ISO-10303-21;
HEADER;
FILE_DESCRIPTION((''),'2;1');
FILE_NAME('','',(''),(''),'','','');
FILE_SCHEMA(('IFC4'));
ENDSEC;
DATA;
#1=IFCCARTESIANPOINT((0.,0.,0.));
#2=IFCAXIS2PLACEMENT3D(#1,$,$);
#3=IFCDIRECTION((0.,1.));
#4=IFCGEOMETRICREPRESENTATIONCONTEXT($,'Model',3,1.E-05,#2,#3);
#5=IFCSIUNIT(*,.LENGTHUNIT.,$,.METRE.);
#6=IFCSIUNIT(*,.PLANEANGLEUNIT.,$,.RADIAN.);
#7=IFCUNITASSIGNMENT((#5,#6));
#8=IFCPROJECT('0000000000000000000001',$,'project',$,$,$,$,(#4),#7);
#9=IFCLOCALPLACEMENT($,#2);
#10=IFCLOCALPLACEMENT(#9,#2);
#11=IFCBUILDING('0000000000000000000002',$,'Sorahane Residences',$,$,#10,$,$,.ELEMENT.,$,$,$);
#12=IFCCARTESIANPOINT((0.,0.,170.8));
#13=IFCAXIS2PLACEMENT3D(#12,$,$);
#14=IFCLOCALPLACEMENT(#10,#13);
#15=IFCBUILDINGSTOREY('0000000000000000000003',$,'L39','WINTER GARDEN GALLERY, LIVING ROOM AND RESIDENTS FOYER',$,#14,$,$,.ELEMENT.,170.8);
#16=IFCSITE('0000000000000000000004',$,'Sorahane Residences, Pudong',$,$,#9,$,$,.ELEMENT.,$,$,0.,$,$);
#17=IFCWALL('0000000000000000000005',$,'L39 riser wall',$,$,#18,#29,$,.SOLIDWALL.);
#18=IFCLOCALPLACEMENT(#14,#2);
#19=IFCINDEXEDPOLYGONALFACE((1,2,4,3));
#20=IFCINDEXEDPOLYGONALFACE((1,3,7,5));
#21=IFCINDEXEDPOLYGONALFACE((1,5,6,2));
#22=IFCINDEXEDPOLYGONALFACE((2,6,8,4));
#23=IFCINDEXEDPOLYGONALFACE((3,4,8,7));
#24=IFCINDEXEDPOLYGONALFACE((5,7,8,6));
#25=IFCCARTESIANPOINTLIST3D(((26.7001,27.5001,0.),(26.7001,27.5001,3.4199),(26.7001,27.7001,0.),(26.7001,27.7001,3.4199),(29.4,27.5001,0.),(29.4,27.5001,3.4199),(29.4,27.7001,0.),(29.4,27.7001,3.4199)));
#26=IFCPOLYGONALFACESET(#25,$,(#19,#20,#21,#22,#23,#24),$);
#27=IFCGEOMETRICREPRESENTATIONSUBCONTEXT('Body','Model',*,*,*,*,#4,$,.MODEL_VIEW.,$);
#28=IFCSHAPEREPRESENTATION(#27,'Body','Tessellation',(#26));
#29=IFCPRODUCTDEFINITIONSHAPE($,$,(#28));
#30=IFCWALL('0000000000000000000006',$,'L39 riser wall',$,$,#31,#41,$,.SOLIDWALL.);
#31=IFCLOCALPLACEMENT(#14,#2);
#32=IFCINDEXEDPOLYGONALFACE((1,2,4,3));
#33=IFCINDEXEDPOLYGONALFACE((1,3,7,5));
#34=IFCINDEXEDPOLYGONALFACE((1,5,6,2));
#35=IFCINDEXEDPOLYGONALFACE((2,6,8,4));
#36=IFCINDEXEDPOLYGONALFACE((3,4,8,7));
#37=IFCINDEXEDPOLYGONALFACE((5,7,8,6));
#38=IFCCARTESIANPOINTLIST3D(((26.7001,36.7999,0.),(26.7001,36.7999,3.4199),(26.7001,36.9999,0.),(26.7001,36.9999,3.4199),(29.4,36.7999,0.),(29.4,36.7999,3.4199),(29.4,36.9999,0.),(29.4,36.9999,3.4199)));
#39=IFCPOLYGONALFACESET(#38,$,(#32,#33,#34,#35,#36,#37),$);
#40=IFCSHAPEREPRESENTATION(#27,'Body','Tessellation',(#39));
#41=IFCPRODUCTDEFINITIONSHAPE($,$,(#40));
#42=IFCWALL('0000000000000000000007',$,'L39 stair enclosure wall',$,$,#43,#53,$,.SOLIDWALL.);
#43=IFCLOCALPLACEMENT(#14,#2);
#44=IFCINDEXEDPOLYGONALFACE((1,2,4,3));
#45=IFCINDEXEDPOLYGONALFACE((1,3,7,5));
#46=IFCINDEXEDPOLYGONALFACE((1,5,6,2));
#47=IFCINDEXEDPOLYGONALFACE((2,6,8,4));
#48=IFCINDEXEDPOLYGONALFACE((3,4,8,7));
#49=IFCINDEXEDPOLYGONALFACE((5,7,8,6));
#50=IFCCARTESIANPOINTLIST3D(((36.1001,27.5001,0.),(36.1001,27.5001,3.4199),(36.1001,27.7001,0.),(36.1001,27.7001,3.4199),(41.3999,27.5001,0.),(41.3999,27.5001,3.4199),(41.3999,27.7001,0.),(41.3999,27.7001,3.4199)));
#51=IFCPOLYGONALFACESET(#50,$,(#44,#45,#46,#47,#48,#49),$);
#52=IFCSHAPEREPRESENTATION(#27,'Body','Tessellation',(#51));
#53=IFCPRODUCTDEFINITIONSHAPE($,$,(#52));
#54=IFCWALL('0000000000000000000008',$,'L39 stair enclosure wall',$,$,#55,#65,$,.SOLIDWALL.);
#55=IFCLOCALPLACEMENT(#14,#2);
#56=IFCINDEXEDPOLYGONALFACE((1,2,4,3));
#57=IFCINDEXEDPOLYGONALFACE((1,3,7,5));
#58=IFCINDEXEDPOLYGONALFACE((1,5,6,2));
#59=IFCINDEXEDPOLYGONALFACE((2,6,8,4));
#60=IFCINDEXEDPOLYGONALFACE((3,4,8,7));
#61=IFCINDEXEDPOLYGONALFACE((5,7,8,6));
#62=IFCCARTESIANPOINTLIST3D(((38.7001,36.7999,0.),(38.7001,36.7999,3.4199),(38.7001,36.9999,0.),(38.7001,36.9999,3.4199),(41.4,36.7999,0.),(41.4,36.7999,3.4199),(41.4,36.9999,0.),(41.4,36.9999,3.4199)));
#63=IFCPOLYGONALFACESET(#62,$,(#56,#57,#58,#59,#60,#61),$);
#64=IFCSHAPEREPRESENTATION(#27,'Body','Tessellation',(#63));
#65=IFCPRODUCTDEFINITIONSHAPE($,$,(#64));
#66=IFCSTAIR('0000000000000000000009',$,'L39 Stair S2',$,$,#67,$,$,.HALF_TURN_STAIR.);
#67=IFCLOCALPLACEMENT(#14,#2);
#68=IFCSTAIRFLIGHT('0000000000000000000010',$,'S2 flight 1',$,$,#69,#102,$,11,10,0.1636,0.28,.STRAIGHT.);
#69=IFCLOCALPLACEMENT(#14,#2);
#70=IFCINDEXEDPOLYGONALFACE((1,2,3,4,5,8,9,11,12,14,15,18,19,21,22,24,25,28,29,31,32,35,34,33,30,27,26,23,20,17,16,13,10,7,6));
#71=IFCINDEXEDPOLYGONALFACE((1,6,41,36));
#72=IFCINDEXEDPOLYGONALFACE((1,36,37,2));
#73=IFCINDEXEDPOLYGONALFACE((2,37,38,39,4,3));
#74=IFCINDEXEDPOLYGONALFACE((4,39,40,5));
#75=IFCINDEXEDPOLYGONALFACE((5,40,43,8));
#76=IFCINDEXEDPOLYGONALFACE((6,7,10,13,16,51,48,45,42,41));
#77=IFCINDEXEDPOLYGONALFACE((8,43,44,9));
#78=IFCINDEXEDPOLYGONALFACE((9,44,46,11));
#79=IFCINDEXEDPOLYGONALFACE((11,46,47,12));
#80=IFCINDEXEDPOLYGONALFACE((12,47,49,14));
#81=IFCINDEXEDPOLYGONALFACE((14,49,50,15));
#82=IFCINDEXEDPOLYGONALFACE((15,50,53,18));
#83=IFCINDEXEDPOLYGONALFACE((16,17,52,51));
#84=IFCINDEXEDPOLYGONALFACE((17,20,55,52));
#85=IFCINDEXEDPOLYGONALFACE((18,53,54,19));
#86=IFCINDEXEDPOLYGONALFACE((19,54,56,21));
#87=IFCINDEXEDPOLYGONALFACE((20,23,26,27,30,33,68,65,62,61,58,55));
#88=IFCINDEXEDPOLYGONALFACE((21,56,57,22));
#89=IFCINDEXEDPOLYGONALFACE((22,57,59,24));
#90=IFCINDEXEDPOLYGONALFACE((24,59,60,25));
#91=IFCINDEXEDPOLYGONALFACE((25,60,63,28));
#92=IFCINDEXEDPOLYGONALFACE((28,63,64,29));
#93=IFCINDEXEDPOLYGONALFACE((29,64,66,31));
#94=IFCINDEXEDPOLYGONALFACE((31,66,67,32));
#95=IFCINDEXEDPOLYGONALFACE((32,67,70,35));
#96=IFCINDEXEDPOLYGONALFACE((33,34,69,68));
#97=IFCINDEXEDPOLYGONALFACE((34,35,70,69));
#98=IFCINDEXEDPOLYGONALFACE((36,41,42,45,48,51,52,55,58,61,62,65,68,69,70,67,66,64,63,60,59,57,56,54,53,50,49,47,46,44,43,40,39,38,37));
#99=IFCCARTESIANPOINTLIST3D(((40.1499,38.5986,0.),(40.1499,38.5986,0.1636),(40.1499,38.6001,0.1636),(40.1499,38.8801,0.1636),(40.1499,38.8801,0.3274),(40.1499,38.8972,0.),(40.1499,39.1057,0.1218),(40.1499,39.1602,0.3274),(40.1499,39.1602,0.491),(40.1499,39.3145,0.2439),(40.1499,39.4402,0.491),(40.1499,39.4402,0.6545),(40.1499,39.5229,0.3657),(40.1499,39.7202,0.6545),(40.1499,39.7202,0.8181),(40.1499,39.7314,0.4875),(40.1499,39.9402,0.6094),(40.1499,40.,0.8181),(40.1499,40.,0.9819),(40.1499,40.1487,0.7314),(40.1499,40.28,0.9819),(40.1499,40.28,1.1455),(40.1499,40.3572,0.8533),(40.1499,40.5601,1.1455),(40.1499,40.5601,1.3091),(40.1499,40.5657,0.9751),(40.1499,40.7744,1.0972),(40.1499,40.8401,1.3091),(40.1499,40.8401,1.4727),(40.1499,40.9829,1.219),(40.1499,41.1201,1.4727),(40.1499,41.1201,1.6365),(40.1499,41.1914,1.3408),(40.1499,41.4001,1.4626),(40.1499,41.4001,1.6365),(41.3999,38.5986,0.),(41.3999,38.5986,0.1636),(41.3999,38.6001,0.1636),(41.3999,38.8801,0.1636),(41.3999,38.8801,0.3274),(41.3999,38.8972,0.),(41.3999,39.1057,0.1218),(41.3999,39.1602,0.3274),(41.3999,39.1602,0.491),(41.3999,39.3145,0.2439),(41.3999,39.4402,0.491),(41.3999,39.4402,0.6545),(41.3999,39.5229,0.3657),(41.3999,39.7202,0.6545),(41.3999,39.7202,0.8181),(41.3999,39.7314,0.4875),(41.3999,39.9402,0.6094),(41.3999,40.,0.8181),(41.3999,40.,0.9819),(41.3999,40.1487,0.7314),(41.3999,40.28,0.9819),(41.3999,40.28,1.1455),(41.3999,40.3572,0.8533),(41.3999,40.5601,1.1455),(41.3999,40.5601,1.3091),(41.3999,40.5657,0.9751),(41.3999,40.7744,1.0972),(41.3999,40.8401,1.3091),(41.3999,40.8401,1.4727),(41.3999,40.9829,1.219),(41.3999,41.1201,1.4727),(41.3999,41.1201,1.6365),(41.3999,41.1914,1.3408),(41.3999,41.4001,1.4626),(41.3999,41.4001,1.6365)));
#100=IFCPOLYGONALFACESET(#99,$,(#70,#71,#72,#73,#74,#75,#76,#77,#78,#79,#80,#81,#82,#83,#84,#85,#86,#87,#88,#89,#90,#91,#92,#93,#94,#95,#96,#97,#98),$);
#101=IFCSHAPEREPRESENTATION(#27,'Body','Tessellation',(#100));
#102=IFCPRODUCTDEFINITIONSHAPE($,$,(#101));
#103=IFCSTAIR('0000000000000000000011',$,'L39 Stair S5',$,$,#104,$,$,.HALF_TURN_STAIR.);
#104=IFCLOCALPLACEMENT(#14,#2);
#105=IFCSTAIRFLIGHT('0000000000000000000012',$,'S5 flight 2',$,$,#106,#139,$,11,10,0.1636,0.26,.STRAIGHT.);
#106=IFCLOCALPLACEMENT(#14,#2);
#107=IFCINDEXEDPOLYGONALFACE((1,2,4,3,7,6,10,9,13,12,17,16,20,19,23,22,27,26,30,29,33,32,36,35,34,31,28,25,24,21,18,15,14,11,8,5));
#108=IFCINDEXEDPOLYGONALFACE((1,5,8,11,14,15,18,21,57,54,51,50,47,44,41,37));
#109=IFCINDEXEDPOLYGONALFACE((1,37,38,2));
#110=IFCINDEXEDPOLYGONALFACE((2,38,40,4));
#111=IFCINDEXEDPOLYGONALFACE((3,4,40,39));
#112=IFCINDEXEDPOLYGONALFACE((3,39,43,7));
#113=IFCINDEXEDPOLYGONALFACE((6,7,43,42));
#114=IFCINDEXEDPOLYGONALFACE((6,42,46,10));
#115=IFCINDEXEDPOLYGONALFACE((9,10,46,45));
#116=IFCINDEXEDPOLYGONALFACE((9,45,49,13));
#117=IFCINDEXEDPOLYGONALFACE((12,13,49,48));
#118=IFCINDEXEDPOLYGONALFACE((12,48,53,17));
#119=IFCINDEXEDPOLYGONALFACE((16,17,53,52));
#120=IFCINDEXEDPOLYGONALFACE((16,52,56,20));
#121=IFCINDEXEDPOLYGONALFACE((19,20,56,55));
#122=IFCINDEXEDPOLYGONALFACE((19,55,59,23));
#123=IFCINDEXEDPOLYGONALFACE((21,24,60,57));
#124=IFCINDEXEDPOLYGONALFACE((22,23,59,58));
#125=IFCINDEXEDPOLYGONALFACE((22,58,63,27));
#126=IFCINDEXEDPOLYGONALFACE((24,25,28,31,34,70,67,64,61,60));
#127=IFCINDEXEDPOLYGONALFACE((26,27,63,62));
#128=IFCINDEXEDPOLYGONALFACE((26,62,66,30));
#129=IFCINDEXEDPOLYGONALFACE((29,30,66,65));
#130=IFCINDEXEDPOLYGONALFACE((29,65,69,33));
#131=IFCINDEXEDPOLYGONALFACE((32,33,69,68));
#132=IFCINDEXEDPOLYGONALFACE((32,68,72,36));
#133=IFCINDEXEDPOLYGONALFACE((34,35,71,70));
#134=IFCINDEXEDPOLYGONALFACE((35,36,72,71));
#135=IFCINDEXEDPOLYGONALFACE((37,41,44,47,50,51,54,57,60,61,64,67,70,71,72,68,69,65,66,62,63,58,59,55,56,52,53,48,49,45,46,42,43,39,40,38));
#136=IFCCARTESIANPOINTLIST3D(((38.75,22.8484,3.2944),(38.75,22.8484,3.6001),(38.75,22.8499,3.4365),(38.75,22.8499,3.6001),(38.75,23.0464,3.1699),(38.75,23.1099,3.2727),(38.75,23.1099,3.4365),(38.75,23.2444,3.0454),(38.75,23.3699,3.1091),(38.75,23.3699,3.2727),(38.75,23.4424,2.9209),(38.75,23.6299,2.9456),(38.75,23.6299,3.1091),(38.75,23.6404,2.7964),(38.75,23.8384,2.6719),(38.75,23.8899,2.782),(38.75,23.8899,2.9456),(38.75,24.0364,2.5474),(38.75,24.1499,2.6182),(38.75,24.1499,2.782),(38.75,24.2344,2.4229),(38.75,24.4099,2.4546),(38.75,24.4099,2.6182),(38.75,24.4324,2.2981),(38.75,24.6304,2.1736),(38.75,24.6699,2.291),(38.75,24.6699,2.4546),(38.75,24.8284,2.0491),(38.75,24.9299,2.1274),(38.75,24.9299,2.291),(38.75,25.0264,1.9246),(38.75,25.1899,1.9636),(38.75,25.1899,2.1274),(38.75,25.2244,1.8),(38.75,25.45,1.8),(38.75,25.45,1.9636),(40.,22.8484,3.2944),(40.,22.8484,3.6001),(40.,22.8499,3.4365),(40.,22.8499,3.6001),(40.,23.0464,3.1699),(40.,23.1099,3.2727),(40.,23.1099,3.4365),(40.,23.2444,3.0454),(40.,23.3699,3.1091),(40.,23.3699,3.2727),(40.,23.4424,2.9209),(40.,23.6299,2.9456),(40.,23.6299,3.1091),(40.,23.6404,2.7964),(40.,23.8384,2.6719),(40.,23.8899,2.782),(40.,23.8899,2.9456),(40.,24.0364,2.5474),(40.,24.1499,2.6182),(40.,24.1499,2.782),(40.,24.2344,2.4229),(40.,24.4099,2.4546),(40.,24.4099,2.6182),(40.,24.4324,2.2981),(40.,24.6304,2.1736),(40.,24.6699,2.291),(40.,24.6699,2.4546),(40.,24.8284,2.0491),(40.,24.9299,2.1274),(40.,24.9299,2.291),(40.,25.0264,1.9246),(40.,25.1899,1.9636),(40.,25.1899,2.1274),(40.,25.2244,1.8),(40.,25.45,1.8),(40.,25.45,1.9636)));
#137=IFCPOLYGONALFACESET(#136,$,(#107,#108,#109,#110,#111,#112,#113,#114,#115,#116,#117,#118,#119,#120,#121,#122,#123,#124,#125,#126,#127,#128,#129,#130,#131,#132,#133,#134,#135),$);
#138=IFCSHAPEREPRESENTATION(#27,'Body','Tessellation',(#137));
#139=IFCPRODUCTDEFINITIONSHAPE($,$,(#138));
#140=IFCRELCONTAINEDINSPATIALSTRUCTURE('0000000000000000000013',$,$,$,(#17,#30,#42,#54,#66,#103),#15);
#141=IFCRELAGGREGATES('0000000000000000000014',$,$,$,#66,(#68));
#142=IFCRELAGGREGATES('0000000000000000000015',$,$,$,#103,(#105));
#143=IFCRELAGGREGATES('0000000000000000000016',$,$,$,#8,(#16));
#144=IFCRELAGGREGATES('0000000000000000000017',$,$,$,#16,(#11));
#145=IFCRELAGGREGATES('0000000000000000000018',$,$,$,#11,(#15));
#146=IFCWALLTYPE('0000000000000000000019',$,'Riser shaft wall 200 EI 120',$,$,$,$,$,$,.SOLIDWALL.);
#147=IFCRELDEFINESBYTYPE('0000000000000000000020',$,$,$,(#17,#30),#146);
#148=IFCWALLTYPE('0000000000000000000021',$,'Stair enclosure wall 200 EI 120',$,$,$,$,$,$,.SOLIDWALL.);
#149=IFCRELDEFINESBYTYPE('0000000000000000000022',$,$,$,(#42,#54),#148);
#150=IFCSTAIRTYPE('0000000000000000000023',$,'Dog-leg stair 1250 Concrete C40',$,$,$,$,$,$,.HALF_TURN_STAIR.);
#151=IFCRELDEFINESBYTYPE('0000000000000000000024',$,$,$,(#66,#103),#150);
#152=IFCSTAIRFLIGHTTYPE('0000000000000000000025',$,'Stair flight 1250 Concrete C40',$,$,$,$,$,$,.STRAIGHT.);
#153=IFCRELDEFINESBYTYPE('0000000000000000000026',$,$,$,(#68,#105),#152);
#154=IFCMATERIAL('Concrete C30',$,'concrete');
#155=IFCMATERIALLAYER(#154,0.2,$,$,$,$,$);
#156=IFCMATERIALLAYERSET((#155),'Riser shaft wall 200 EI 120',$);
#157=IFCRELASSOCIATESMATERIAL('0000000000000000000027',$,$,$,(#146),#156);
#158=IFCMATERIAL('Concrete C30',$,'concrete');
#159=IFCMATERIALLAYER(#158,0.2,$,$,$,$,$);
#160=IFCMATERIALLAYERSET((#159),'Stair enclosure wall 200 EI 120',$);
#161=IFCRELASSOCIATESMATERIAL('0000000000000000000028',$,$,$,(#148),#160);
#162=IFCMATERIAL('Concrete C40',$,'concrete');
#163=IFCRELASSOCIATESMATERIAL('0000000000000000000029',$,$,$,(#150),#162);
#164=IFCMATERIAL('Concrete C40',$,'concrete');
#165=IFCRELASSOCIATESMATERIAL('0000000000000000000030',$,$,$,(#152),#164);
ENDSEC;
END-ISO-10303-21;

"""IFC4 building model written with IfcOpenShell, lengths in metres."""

from ifc_helpers import new_model, si_unit, direction, frame, frame_2d, origin, place, context, subcontext, project, spatial, polyline, rectangle, outline, extrude, material, layer, layer_set, type_object, element, aggregate, save


model = new_model("IFC4")

# Units and contexts
model_context = context("Model", 3, precision=1e-05, world=origin(), true_north=direction((0.0, 1.0)))
body_context = subcontext(model_context, "Body", "Model", "MODEL_VIEW")
ifc_project = project(units=[si_unit("LENGTHUNIT", "METRE"), si_unit("PLANEANGLEUNIT", "RADIAN")], contexts=[model_context])

# Site, building, storey
site_placement = place(None, origin())
site = spatial("IfcSite", under=ifc_project, at=site_placement, Name="Sorahane Residences, Pudong", CompositionType="ELEMENT", RefElevation=0.0)
building_placement = place(site_placement, origin())
building = spatial("IfcBuilding", under=site, at=building_placement, Name="Sorahane Residences", CompositionType="ELEMENT")
storey_placement = place(building_placement, frame((0.0, 0.0, 170.8)))
storey = spatial("IfcBuildingStorey", under=building, at=storey_placement, Name="L39", Description="WINTER GARDEN GALLERY, LIVING ROOM AND RESIDENTS FOYER", CompositionType="ELEMENT", Elevation=170.8)

# Shared definitions
ifc_material_1 = material(Name="Concrete C30", Category="concrete")
ifc_layer_1 = layer(ifc_material_1, 0.2)
ifc_layer_set_1 = layer_set([ifc_layer_1], Name="Riser shaft wall 200 EI 120")
wall_type_1 = type_object("IfcWallType", Name="Riser shaft wall 200 EI 120", PredefinedType="SOLIDWALL", material=ifc_layer_set_1)

# Walls
for number, where, z_axis, x_axis, name in (
    (1, (26.7, 27.6001, 0.0), (0.0, 0.0, 1.0), (1.0, 0.0, 0.0), "L39 riser wall"),
    (2, (26.7, 36.8999, 0.0), (0.0, 0.0, 1.0), (1.0, 0.0, 0.0), "L39 riser wall"),
):
    element("IfcWall", number, at=place(storey_placement, frame(where, z_axis=z_axis, x_axis=x_axis)), inside=storey, type_object=wall_type_1, Name=name, PredefinedType="SOLIDWALL", context=body_context, shape_type="SweptSolid", body=[
        extrude(rectangle(XDim=2.7, YDim=0.2, at=frame_2d((1.3501, 0.0))), origin(), (0.0, 0.0, 1.0), 3.4199),
    ])
ifc_material_2 = material(Name="Concrete C30", Category="concrete")
ifc_layer_2 = layer(ifc_material_2, 0.2)
ifc_layer_set_2 = layer_set([ifc_layer_2], Name="Stair enclosure wall 200 EI 120")
wall_type_2 = type_object("IfcWallType", Name="Stair enclosure wall 200 EI 120", PredefinedType="SOLIDWALL", material=ifc_layer_set_2)
wall_1_placement = place(storey_placement, frame((36.1001, 27.6001, 0.0), z_axis=(0.0, 0.0, 1.0), x_axis=(1.0, 0.0, 0.0)))
element("IfcWall", 3, at=wall_1_placement, inside=storey, type_object=wall_type_2, Name="L39 stair enclosure wall", PredefinedType="SOLIDWALL", context=body_context, shape_type="SweptSolid", body=[
    extrude(rectangle(XDim=5.2998, YDim=0.2, at=frame_2d((2.6499, 0.0))), origin(), (0.0, 0.0, 1.0), 3.4199),
])
wall_2_placement = place(storey_placement, frame((38.7, 36.8999, 0.0), z_axis=(0.0, 0.0, 1.0), x_axis=(1.0, 0.0, 0.0)))
element("IfcWall", 4, at=wall_2_placement, inside=storey, type_object=wall_type_2, Name="L39 stair enclosure wall", PredefinedType="SOLIDWALL", context=body_context, shape_type="SweptSolid", body=[
    extrude(rectangle(XDim=2.7, YDim=0.2, at=frame_2d((1.3501, 0.0))), origin(), (0.0, 0.0, 1.0), 3.4199),
])

# Stairs, stair flights
ifc_material_3 = material(Name="Concrete C40", Category="concrete")
stair_type = type_object("IfcStairType", Name="Dog-leg stair 1250 Concrete C40", PredefinedType="HALF_TURN_STAIR", material=ifc_material_3)
stair_1_placement = place(storey_placement, origin())
stair_1 = element("IfcStair", 5, at=stair_1_placement, inside=storey, type_object=stair_type, Name="L39 Stair S2", PredefinedType="HALF_TURN_STAIR")
ifc_material_4 = material(Name="Concrete C40", Category="concrete")
stair_flight_type = type_object("IfcStairFlightType", Name="Stair flight 1250 Concrete C40", PredefinedType="STRAIGHT", material=ifc_material_4)
stair_flight_1_placement = place(storey_placement, frame((40.7749, 38.6001, 0.0), z_axis=(0.0, 0.0, 1.0), x_axis=(0.0, 1.0, 0.0)))
stair_flight_1 = element("IfcStairFlight", 6, at=stair_flight_1_placement, type_object=stair_flight_type, Name="S2 flight 1", NumberOfRisers=11, NumberOfTreads=10, PredefinedType="STRAIGHT", RiserHeight=0.1636, TreadLength=0.28, context=body_context, shape_type="SweptSolid", body=[
    extrude(outline(polyline([(-0.0015, 0.0), (-0.0015, 0.1636), (0.0, 0.1636), (0.28, 0.1636), (0.28, 0.3274), (0.5601, 0.3274), (0.5601, 0.491), (0.8401, 0.491), (0.8401, 0.6545), (1.1201, 0.6545), (1.1201, 0.8181), (1.3999, 0.8181), (1.3999, 0.9819), (1.6799, 0.9819), (1.6799, 1.1455), (1.96, 1.1455), (1.96, 1.3091), (2.24, 1.3091), (2.24, 1.4727), (2.52, 1.4727), (2.52, 1.6365), (2.8, 1.6365), (2.8, 1.8), (2.8, 1.4626), (2.5913, 1.3408), (2.3828, 1.219), (2.1743, 1.0972), (1.9656, 0.9751), (1.7571, 0.8533), (1.5486, 0.7314), (1.3401, 0.6094), (1.1313, 0.4875), (0.9229, 0.3657), (0.7144, 0.2439), (0.5056, 0.1218), (0.2971, 0.0), (-0.0015, 0.0)])), frame((0.0, 0.625, 0.0), z_axis=(0.0, -1.0, 0.0), x_axis=(1.0, 0.0, 0.0)), (0.0, 0.0, 1.0), 1.25),
])
aggregate(stair_1, [stair_flight_1])
stair_2_placement = place(storey_placement, origin())
stair_2 = element("IfcStair", 7, at=stair_2_placement, inside=storey, type_object=stair_type, Name="L39 Stair S5", PredefinedType="HALF_TURN_STAIR")
stair_flight_2_placement = place(storey_placement, frame((39.375, 25.45, 1.8), z_axis=(0.0, 0.0, 1.0), x_axis=(0.0, -1.0, 0.0)))
stair_flight_2 = element("IfcStairFlight", 8, at=stair_flight_2_placement, type_object=stair_flight_type, Name="S5 flight 2", NumberOfRisers=11, NumberOfTreads=10, PredefinedType="STRAIGHT", RiserHeight=0.1636, TreadLength=0.26, context=body_context, shape_type="SweptSolid", body=[
    extrude(outline(polyline([(0.0, 0.0), (0.0, 0.1636), (0.26, 0.1636), (0.26, 0.3274), (0.52, 0.3274), (0.52, 0.491), (0.78, 0.491), (0.78, 0.6545), (1.04, 0.6545), (1.04, 0.8181), (1.3, 0.8181), (1.3, 0.9819), (1.5601, 0.9819), (1.5601, 1.1455), (1.8201, 1.1455), (1.8201, 1.3091), (2.0801, 1.3091), (2.0801, 1.4727), (2.3401, 1.4727), (2.3401, 1.6365), (2.6001, 1.6365), (2.6001, 1.8), (2.6016, 1.8), (2.6016, 1.4944), (2.4036, 1.3699), (2.2056, 1.2454), (2.0076, 1.1208), (1.8096, 0.9963), (1.6116, 0.8718), (1.4136, 0.7473), (1.2156, 0.6228), (1.0176, 0.498), (0.8196, 0.3735), (0.6216, 0.249), (0.4236, 0.1245), (0.2256, 0.0), (0.0, 0.0)])), frame((0.0, 0.625, 0.0), z_axis=(0.0, -1.0, 0.0), x_axis=(1.0, 0.0, 0.0)), (0.0, 0.0, 1.0), 1.25),
])
aggregate(stair_2, [stair_flight_2])

save(model, "model.ifc")
